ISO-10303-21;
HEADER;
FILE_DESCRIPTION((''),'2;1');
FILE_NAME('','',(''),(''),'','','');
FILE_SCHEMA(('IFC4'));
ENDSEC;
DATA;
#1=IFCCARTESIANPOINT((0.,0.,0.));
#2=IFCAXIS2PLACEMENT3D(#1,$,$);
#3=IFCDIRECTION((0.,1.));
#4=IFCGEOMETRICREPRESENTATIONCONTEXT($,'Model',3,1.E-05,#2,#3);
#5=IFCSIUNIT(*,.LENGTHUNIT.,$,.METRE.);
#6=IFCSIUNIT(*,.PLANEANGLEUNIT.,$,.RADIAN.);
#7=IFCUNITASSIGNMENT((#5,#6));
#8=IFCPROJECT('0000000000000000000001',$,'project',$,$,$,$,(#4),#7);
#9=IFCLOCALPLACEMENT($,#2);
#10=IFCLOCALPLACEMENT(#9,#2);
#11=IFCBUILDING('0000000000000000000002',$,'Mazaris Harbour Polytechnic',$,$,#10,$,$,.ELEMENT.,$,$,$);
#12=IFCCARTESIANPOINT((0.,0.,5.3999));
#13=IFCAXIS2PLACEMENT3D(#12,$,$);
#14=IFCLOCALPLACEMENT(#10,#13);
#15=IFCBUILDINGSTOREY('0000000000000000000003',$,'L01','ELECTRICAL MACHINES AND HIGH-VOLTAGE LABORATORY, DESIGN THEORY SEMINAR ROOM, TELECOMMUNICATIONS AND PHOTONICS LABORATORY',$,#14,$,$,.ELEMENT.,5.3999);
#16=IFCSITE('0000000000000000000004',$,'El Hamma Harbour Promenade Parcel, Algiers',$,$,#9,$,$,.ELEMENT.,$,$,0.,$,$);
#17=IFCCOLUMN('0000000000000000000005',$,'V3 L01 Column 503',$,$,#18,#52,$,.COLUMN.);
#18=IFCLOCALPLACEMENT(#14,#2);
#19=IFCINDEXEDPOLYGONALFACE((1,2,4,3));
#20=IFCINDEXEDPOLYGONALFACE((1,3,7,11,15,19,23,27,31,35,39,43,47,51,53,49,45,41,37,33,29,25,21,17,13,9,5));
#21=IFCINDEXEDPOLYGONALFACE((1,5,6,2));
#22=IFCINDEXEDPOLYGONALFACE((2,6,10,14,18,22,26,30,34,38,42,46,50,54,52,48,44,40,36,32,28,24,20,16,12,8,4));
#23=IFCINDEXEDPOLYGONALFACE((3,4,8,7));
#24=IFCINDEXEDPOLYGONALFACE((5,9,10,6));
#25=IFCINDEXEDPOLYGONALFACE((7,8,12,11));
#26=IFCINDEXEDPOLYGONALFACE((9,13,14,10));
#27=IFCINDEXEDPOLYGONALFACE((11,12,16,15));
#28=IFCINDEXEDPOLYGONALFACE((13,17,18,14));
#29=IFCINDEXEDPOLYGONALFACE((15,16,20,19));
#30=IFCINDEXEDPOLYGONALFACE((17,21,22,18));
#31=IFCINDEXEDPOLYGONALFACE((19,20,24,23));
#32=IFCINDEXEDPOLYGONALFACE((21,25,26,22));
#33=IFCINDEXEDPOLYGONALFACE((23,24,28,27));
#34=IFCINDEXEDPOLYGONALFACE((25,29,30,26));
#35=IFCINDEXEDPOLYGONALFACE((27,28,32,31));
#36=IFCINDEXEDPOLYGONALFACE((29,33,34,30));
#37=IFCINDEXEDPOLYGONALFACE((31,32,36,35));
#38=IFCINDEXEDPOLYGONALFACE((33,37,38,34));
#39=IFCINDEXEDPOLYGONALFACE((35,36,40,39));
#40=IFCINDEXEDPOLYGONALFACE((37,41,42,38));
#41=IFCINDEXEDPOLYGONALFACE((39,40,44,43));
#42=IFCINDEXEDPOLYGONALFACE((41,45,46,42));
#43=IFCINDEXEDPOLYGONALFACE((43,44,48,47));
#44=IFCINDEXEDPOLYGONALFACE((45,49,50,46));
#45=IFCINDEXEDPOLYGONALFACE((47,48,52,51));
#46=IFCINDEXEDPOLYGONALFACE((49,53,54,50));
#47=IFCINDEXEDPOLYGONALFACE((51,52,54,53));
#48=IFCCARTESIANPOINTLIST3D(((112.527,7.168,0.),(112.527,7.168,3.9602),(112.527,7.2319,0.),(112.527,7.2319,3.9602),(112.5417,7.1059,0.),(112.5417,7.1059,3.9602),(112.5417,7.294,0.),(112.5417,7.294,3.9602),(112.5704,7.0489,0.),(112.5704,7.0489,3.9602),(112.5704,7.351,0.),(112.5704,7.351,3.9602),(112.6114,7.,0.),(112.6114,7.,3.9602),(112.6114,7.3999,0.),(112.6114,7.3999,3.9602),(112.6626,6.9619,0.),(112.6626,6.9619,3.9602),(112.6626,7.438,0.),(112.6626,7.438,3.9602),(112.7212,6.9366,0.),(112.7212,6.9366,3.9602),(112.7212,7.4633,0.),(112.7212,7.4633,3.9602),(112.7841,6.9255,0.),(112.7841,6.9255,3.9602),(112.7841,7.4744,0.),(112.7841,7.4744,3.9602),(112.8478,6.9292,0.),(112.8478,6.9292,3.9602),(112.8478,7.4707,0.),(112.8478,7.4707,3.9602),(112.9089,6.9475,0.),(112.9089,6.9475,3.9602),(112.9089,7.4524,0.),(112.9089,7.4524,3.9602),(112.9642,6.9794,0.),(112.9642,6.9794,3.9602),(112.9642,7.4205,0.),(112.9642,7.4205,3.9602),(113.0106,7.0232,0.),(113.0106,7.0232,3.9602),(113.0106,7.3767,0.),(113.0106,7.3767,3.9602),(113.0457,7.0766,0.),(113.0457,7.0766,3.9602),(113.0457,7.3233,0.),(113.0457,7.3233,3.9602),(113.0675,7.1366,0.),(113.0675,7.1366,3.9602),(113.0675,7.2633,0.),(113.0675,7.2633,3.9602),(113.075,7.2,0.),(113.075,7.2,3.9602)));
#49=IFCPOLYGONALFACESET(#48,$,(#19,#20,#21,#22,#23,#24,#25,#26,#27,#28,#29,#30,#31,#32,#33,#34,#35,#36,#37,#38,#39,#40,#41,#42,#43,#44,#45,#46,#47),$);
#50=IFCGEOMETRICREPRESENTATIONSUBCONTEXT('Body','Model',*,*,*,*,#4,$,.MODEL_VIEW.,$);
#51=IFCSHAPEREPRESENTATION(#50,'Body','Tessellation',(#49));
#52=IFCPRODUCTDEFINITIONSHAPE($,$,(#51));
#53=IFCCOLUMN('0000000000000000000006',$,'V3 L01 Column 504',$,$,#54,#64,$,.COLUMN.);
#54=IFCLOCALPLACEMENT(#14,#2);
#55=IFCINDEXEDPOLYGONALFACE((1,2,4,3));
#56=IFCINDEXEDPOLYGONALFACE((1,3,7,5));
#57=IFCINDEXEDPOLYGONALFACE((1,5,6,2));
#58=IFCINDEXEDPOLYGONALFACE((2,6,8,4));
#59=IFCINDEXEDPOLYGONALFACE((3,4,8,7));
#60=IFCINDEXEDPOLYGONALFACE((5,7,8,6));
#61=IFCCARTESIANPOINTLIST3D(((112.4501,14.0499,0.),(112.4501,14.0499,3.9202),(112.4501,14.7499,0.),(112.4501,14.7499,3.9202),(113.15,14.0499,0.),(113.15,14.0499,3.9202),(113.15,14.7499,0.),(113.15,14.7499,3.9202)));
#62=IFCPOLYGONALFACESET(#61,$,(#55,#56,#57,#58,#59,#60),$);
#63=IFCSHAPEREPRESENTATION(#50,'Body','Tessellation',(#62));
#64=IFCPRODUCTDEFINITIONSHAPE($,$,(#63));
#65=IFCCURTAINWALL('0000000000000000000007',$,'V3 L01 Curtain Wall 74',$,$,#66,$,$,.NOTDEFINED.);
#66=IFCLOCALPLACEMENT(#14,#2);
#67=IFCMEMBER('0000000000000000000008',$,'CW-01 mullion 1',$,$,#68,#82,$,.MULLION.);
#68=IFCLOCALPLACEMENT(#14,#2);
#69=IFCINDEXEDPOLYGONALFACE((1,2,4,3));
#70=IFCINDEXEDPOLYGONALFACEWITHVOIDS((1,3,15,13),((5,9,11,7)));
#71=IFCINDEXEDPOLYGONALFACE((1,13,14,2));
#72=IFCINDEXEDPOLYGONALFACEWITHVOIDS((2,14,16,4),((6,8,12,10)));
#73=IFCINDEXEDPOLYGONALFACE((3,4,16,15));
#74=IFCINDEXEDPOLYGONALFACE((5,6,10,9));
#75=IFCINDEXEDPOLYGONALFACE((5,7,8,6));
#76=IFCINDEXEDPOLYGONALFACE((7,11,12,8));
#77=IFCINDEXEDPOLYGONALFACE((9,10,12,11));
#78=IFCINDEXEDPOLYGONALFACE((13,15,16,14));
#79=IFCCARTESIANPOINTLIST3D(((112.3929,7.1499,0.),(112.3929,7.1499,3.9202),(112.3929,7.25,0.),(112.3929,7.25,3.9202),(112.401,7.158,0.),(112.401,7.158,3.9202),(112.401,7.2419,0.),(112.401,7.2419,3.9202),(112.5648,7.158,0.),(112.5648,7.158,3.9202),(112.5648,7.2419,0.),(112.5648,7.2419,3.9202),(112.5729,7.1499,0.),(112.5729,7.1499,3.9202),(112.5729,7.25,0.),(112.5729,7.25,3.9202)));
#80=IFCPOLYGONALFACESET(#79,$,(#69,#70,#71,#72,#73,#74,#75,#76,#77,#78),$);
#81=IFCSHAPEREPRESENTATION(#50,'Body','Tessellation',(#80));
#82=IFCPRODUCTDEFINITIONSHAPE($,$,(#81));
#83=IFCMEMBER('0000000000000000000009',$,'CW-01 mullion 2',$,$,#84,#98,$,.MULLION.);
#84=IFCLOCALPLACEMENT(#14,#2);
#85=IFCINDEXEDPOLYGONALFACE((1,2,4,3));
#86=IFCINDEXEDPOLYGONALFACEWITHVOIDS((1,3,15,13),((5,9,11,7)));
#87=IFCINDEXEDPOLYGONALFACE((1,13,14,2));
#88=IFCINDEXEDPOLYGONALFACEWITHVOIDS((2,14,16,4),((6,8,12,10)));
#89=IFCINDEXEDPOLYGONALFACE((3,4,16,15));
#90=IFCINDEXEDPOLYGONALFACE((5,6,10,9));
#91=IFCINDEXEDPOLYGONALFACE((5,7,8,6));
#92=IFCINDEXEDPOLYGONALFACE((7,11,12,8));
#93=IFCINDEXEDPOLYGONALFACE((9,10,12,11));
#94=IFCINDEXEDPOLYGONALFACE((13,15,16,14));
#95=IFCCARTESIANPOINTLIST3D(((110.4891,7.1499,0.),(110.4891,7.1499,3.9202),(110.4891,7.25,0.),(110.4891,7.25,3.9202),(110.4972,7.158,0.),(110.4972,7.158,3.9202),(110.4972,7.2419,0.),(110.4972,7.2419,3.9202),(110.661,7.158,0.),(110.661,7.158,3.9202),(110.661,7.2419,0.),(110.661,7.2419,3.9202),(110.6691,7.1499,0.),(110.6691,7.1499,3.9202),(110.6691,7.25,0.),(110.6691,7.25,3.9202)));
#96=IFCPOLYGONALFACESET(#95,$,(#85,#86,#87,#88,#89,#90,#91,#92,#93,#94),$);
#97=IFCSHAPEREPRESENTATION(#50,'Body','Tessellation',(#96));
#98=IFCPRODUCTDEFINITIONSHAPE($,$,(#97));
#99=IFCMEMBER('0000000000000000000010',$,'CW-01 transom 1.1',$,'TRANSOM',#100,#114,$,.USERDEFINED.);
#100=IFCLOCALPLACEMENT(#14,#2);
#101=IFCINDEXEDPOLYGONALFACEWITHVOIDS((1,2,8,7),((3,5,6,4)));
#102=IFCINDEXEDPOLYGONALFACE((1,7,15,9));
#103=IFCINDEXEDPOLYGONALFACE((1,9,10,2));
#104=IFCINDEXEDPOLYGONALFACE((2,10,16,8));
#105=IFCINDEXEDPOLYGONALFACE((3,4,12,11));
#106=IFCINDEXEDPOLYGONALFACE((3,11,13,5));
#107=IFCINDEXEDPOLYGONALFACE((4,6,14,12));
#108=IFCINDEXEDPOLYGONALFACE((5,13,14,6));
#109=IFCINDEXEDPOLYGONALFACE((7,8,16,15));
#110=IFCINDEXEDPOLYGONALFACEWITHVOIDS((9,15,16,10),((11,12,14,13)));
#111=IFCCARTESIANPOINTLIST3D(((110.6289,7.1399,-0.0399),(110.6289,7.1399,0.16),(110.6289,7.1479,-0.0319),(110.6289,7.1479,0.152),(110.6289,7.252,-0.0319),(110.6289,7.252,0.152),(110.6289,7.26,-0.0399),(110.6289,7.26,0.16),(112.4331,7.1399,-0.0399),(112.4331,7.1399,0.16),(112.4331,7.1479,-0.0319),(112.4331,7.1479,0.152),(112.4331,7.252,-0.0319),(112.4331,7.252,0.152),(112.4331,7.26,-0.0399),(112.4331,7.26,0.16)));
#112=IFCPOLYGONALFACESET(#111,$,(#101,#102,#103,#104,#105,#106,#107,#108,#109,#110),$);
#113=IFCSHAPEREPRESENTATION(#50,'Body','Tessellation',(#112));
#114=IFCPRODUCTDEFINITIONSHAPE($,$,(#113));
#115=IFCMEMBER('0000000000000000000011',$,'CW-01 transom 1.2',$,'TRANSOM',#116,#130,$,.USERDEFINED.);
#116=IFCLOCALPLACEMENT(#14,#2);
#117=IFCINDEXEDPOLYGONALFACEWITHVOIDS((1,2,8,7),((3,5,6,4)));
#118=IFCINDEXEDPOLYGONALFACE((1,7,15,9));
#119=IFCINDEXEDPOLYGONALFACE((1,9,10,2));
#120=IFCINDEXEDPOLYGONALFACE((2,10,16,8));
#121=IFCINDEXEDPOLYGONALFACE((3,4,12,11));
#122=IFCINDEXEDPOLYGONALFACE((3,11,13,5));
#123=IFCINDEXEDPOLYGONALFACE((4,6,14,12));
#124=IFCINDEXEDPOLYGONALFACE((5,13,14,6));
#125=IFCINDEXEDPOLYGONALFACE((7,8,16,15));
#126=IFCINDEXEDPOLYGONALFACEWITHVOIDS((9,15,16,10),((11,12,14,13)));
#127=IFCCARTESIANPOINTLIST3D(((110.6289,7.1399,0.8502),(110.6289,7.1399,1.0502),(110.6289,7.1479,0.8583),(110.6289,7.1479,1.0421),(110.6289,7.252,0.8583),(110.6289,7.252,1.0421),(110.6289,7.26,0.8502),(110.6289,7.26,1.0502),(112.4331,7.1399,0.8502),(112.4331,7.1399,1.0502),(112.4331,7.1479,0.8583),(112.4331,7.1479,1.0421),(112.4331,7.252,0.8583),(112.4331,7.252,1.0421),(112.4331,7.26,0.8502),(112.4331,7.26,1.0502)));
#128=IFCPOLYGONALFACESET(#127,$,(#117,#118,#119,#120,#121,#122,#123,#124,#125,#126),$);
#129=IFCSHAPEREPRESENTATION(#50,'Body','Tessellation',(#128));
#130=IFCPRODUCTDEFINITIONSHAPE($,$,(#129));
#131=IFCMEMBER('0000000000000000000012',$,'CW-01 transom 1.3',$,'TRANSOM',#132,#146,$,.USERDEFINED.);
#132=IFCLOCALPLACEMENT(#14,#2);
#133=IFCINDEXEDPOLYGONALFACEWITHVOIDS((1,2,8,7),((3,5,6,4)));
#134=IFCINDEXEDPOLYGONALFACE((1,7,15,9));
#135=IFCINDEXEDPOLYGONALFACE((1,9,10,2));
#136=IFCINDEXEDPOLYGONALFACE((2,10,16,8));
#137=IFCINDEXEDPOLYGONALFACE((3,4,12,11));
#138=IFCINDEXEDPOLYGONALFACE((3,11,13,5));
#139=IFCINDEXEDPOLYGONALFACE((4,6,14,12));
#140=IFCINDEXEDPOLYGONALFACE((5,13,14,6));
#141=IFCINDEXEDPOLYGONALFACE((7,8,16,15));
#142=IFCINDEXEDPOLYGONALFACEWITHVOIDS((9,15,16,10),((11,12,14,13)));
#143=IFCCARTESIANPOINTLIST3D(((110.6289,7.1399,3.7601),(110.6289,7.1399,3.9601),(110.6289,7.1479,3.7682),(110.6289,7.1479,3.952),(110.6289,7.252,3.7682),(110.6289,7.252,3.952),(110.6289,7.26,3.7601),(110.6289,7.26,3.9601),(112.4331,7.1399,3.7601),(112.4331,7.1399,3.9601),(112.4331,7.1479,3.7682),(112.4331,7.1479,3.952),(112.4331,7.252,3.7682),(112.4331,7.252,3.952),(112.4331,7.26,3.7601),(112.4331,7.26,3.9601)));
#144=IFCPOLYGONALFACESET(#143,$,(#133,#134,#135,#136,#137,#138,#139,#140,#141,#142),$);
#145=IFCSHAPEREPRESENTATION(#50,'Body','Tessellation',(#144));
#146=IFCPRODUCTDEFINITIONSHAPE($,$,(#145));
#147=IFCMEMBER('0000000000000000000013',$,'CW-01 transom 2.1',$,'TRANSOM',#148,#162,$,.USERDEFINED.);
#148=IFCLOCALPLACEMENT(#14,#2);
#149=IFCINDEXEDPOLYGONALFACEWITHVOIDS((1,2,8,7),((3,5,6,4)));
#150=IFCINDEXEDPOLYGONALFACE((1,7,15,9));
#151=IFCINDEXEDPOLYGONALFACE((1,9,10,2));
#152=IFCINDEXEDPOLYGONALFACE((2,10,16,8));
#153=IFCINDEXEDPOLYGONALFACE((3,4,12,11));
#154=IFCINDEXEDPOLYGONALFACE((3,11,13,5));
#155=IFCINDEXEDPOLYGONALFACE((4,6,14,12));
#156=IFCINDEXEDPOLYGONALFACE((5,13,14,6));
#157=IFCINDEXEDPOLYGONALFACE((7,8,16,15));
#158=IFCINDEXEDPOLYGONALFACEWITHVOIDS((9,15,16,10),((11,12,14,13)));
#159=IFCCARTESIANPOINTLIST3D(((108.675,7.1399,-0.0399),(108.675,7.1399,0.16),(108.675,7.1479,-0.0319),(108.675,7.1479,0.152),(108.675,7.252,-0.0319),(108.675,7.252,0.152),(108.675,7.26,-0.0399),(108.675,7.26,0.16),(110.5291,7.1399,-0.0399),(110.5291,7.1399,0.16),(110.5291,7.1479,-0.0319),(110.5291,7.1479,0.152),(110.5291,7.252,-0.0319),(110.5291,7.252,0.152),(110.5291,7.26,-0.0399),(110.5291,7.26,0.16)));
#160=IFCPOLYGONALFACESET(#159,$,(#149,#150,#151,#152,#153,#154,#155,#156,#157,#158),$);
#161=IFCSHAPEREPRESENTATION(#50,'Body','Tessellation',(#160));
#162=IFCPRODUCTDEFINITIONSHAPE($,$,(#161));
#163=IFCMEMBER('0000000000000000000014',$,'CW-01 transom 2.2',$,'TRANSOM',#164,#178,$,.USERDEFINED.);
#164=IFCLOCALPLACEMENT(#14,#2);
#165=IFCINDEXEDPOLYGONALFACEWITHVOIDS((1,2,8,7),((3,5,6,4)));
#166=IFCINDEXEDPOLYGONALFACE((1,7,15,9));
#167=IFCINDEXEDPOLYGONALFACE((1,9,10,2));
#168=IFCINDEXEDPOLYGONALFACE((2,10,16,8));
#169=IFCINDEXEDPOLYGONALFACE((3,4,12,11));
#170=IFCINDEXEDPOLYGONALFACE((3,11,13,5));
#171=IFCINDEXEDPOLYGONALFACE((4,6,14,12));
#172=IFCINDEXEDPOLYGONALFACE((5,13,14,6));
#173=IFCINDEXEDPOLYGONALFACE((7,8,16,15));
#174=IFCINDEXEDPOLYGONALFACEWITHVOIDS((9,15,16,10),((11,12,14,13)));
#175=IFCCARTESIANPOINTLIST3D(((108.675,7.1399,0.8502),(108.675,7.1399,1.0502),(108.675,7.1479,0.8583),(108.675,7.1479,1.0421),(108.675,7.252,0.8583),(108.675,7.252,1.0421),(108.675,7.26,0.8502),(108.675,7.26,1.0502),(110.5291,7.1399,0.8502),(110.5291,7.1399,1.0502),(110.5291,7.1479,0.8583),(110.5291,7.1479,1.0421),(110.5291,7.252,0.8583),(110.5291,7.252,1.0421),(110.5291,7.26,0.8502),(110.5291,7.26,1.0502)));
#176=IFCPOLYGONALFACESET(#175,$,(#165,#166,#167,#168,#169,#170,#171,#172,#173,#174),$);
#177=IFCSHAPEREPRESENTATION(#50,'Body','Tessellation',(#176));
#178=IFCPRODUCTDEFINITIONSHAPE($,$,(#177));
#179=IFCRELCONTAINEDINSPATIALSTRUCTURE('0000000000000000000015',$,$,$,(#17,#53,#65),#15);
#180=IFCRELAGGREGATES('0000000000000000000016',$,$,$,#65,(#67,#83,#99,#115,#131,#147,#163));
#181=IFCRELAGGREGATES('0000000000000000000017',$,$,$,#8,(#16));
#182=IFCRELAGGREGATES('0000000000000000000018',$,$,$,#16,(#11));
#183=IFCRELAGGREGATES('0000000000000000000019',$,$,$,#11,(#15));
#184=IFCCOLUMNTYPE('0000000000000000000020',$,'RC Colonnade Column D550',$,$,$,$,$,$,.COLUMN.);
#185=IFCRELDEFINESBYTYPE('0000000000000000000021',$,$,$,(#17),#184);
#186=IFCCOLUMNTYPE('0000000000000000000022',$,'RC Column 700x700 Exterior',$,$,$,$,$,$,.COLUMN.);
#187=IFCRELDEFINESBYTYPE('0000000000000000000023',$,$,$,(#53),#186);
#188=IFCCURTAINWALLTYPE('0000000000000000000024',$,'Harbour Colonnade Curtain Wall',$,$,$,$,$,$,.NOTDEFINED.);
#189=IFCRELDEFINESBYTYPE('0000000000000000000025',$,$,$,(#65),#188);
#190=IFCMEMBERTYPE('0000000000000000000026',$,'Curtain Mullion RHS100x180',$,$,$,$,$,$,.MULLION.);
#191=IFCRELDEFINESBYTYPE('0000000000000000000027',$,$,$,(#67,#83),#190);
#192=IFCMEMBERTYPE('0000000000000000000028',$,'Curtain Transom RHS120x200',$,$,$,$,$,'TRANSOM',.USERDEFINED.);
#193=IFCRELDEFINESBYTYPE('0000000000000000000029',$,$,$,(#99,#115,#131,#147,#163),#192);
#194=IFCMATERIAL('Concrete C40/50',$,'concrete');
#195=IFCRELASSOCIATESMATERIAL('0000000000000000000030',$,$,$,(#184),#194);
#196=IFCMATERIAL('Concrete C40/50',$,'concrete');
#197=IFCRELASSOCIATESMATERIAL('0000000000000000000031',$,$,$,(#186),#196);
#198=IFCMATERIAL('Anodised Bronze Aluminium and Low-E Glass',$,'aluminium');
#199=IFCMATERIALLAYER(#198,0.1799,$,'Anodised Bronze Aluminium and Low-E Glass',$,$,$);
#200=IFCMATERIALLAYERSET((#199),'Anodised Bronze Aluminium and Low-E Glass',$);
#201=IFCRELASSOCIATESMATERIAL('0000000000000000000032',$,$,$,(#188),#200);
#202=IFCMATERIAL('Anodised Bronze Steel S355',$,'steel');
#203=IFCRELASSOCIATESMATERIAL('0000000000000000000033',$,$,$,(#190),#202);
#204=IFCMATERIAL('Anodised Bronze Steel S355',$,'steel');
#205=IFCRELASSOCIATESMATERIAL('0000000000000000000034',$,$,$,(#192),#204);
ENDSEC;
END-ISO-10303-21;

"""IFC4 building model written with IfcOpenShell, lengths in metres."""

from ifc_helpers import new_model, si_unit, direction, frame, origin, origin_2d, place, context, subcontext, project, spatial, rectangle, hollow_rectangle, circle, extrude, material, layer, layer_set, material_profile, profile_set, type_object, element, aggregate, save


model = new_model("IFC4")

# Units and contexts
model_context = context("Model", 3, precision=1e-05, world=origin(), true_north=direction((0.0, 1.0)))
body_context = subcontext(model_context, "Body", "Model", "MODEL_VIEW")
ifc_project = project(units=[si_unit("LENGTHUNIT", "METRE"), si_unit("PLANEANGLEUNIT", "RADIAN")], contexts=[model_context])

# Site, building, storey
site_placement = place(None, origin())
site = spatial("IfcSite", under=ifc_project, at=site_placement, Name="El Hamma Harbour Promenade Parcel, Algiers", CompositionType="ELEMENT", RefElevation=0.0)
building_placement = place(site_placement, origin())
building = spatial("IfcBuilding", under=site, at=building_placement, Name="Mazaris Harbour Polytechnic", CompositionType="ELEMENT")
storey_placement = place(building_placement, frame((0.0, 0.0, 5.3999)))
storey = spatial("IfcBuildingStorey", under=building, at=storey_placement, Name="L01", Description="ELECTRICAL MACHINES AND HIGH-VOLTAGE LABORATORY, DESIGN THEORY SEMINAR ROOM, TELECOMMUNICATIONS AND PHOTONICS LABORATORY", CompositionType="ELEMENT", Elevation=5.3999)

# Columns
ifc_material_1 = material(Name="Concrete C40/50", Category="concrete")
ifc_material_profile_1 = material_profile(ifc_material_1, circle(Radius=0.2749, at=origin_2d()), Name="DIA550")
ifc_profile_set_1 = profile_set([ifc_material_profile_1], Name="Concrete C40/50")
column_type_1 = type_object("IfcColumnType", Name="RC Colonnade Column D550", PredefinedType="COLUMN", material=ifc_profile_set_1)
column_1_placement = place(storey_placement, frame((112.8, 7.2, 0.0), z_axis=(0.0, 0.0, 1.0), x_axis=(1.0, 0.0, 0.0)))
element("IfcColumn", 1, at=column_1_placement, inside=storey, type_object=column_type_1, Name="V3 L01 Column 503", PredefinedType="COLUMN", context=body_context, shape_type="SweptSolid", body=[
    extrude(circle(Radius=0.2749, at=origin_2d()), origin(), (0.0, 0.0, 1.0), 3.9602),
])
ifc_material_2 = material(Name="Concrete C40/50", Category="concrete")
ifc_material_profile_2 = material_profile(ifc_material_2, rectangle(XDim=0.7, YDim=0.7, at=origin_2d()), Name="RECT700x700")
ifc_profile_set_2 = profile_set([ifc_material_profile_2], Name="Concrete C40/50")
column_type_2 = type_object("IfcColumnType", Name="RC Column 700x700 Exterior", PredefinedType="COLUMN", material=ifc_profile_set_2)
column_2_placement = place(storey_placement, frame((112.8, 14.3999, 0.0), z_axis=(0.0, 0.0, 1.0), x_axis=(1.0, 0.0, 0.0)))
element("IfcColumn", 2, at=column_2_placement, inside=storey, type_object=column_type_2, Name="V3 L01 Column 504", PredefinedType="COLUMN", context=body_context, shape_type="SweptSolid", body=[
    extrude(rectangle(XDim=0.7, YDim=0.7, at=origin_2d()), origin(), (0.0, 0.0, 1.0), 3.9202),
])

# Curtain wall, members
ifc_material_3 = material(Name="Anodised Bronze Aluminium and Low-E Glass", Category="aluminium")
ifc_layer_1 = layer(ifc_material_3, 0.1799, Name="Anodised Bronze Aluminium and Low-E Glass")
ifc_layer_set_1 = layer_set([ifc_layer_1], Name="Anodised Bronze Aluminium and Low-E Glass")
curtain_wall_type = type_object("IfcCurtainWallType", Name="Harbour Colonnade Curtain Wall", PredefinedType="NOTDEFINED", material=ifc_layer_set_1)
curtain_wall_placement = place(storey_placement, origin())
curtain_wall = element("IfcCurtainWall", 3, at=curtain_wall_placement, inside=storey, type_object=curtain_wall_type, Name="V3 L01 Curtain Wall 74", PredefinedType="NOTDEFINED")
ifc_material_4 = material(Name="Anodised Bronze Steel S355", Category="steel")
ifc_material_profile_3 = material_profile(ifc_material_4, hollow_rectangle(XDim=0.1001, YDim=0.1799, WallThickness=0.0081, at=origin_2d()), Name="RHS 100x180x8.0")
ifc_profile_set_3 = profile_set([ifc_material_profile_3], Name="Anodised Bronze Steel S355")
member_type_1 = type_object("IfcMemberType", Name="Curtain Mullion RHS100x180", PredefinedType="MULLION", material=ifc_profile_set_3)
member_1_placement = place(storey_placement, frame((112.4829, 7.2, 0.0), z_axis=(0.0, 0.0, 1.0), x_axis=(0.0, -1.0, 0.0)))
member_1 = element("IfcMember", 4, at=member_1_placement, type_object=member_type_1, Name="CW-01 mullion 1", PredefinedType="MULLION", context=body_context, shape_type="SweptSolid", body=[
    extrude(hollow_rectangle(XDim=0.1001, YDim=0.1799, WallThickness=0.0081, at=origin_2d()), origin(), (0.0, 0.0, 1.0), 3.9202),
])
member_2_placement = place(storey_placement, frame((110.5791, 7.2, 0.0), z_axis=(0.0, 0.0, 1.0), x_axis=(0.0, -1.0, 0.0)))
member_2 = element("IfcMember", 5, at=member_2_placement, type_object=member_type_1, Name="CW-01 mullion 2", PredefinedType="MULLION", context=body_context, shape_type="SweptSolid", body=[
    extrude(hollow_rectangle(XDim=0.1001, YDim=0.1799, WallThickness=0.0081, at=origin_2d()), origin(), (0.0, 0.0, 1.0), 3.9202),
])
ifc_material_5 = material(Name="Anodised Bronze Steel S355", Category="steel")
ifc_material_profile_4 = material_profile(ifc_material_5, hollow_rectangle(XDim=0.1201, YDim=0.2, WallThickness=0.0081, at=origin_2d()), Name="RHS 120x200x8.0")
ifc_profile_set_4 = profile_set([ifc_material_profile_4], Name="Anodised Bronze Steel S355")
member_type_2 = type_object("IfcMemberType", Name="Curtain Transom RHS120x200", ElementType="TRANSOM", PredefinedType="USERDEFINED", material=ifc_profile_set_4)
member_3_placement = place(storey_placement, frame((112.4331, 7.2, 0.0601), z_axis=(-1.0, 0.0, 0.0), x_axis=(0.0, -1.0, 0.0)))
member_3 = element("IfcMember", 6, at=member_3_placement, type_object=member_type_2, Name="CW-01 transom 1.1", ObjectType="TRANSOM", PredefinedType="USERDEFINED", context=body_context, shape_type="SweptSolid", body=[
    extrude(hollow_rectangle(XDim=0.1201, YDim=0.2, WallThickness=0.0081, at=origin_2d()), origin(), (0.0, 0.0, 1.0), 1.8042),
])
member_4_placement = place(storey_placement, frame((112.4331, 7.2, 0.9502), z_axis=(-1.0, 0.0, 0.0), x_axis=(0.0, -1.0, 0.0)))
member_4 = element("IfcMember", 7, at=member_4_placement, type_object=member_type_2, Name="CW-01 transom 1.2", ObjectType="TRANSOM", PredefinedType="USERDEFINED", context=body_context, shape_type="SweptSolid", body=[
    extrude(hollow_rectangle(XDim=0.1201, YDim=0.2, WallThickness=0.0081, at=origin_2d()), origin(), (0.0, 0.0, 1.0), 1.8042),
])
member_5_placement = place(storey_placement, frame((112.4331, 7.2, 3.8601), z_axis=(-1.0, 0.0, 0.0), x_axis=(0.0, -1.0, 0.0)))
member_5 = element("IfcMember", 8, at=member_5_placement, type_object=member_type_2, Name="CW-01 transom 1.3", ObjectType="TRANSOM", PredefinedType="USERDEFINED", context=body_context, shape_type="SweptSolid", body=[
    extrude(hollow_rectangle(XDim=0.1201, YDim=0.2, WallThickness=0.0081, at=origin_2d()), origin(), (0.0, 0.0, 1.0), 1.8042),
])
member_6_placement = place(storey_placement, frame((110.5291, 7.2, 0.0601), z_axis=(-1.0, 0.0, 0.0), x_axis=(0.0, -1.0, 0.0)))
member_6 = element("IfcMember", 9, at=member_6_placement, type_object=member_type_2, Name="CW-01 transom 2.1", ObjectType="TRANSOM", PredefinedType="USERDEFINED", context=body_context, shape_type="SweptSolid", body=[
    extrude(hollow_rectangle(XDim=0.1201, YDim=0.2, WallThickness=0.0081, at=origin_2d()), origin(), (0.0, 0.0, 1.0), 1.854),
])
member_7_placement = place(storey_placement, frame((110.5291, 7.2, 0.9502), z_axis=(-1.0, 0.0, 0.0), x_axis=(0.0, -1.0, 0.0)))
member_7 = element("IfcMember", 10, at=member_7_placement, type_object=member_type_2, Name="CW-01 transom 2.2", ObjectType="TRANSOM", PredefinedType="USERDEFINED", context=body_context, shape_type="SweptSolid", body=[
    extrude(hollow_rectangle(XDim=0.1201, YDim=0.2, WallThickness=0.0081, at=origin_2d()), origin(), (0.0, 0.0, 1.0), 1.854),
])
aggregate(curtain_wall, [member_1, member_2, member_3, member_4, member_5, member_6, member_7])

save(model, "model.ifc")
